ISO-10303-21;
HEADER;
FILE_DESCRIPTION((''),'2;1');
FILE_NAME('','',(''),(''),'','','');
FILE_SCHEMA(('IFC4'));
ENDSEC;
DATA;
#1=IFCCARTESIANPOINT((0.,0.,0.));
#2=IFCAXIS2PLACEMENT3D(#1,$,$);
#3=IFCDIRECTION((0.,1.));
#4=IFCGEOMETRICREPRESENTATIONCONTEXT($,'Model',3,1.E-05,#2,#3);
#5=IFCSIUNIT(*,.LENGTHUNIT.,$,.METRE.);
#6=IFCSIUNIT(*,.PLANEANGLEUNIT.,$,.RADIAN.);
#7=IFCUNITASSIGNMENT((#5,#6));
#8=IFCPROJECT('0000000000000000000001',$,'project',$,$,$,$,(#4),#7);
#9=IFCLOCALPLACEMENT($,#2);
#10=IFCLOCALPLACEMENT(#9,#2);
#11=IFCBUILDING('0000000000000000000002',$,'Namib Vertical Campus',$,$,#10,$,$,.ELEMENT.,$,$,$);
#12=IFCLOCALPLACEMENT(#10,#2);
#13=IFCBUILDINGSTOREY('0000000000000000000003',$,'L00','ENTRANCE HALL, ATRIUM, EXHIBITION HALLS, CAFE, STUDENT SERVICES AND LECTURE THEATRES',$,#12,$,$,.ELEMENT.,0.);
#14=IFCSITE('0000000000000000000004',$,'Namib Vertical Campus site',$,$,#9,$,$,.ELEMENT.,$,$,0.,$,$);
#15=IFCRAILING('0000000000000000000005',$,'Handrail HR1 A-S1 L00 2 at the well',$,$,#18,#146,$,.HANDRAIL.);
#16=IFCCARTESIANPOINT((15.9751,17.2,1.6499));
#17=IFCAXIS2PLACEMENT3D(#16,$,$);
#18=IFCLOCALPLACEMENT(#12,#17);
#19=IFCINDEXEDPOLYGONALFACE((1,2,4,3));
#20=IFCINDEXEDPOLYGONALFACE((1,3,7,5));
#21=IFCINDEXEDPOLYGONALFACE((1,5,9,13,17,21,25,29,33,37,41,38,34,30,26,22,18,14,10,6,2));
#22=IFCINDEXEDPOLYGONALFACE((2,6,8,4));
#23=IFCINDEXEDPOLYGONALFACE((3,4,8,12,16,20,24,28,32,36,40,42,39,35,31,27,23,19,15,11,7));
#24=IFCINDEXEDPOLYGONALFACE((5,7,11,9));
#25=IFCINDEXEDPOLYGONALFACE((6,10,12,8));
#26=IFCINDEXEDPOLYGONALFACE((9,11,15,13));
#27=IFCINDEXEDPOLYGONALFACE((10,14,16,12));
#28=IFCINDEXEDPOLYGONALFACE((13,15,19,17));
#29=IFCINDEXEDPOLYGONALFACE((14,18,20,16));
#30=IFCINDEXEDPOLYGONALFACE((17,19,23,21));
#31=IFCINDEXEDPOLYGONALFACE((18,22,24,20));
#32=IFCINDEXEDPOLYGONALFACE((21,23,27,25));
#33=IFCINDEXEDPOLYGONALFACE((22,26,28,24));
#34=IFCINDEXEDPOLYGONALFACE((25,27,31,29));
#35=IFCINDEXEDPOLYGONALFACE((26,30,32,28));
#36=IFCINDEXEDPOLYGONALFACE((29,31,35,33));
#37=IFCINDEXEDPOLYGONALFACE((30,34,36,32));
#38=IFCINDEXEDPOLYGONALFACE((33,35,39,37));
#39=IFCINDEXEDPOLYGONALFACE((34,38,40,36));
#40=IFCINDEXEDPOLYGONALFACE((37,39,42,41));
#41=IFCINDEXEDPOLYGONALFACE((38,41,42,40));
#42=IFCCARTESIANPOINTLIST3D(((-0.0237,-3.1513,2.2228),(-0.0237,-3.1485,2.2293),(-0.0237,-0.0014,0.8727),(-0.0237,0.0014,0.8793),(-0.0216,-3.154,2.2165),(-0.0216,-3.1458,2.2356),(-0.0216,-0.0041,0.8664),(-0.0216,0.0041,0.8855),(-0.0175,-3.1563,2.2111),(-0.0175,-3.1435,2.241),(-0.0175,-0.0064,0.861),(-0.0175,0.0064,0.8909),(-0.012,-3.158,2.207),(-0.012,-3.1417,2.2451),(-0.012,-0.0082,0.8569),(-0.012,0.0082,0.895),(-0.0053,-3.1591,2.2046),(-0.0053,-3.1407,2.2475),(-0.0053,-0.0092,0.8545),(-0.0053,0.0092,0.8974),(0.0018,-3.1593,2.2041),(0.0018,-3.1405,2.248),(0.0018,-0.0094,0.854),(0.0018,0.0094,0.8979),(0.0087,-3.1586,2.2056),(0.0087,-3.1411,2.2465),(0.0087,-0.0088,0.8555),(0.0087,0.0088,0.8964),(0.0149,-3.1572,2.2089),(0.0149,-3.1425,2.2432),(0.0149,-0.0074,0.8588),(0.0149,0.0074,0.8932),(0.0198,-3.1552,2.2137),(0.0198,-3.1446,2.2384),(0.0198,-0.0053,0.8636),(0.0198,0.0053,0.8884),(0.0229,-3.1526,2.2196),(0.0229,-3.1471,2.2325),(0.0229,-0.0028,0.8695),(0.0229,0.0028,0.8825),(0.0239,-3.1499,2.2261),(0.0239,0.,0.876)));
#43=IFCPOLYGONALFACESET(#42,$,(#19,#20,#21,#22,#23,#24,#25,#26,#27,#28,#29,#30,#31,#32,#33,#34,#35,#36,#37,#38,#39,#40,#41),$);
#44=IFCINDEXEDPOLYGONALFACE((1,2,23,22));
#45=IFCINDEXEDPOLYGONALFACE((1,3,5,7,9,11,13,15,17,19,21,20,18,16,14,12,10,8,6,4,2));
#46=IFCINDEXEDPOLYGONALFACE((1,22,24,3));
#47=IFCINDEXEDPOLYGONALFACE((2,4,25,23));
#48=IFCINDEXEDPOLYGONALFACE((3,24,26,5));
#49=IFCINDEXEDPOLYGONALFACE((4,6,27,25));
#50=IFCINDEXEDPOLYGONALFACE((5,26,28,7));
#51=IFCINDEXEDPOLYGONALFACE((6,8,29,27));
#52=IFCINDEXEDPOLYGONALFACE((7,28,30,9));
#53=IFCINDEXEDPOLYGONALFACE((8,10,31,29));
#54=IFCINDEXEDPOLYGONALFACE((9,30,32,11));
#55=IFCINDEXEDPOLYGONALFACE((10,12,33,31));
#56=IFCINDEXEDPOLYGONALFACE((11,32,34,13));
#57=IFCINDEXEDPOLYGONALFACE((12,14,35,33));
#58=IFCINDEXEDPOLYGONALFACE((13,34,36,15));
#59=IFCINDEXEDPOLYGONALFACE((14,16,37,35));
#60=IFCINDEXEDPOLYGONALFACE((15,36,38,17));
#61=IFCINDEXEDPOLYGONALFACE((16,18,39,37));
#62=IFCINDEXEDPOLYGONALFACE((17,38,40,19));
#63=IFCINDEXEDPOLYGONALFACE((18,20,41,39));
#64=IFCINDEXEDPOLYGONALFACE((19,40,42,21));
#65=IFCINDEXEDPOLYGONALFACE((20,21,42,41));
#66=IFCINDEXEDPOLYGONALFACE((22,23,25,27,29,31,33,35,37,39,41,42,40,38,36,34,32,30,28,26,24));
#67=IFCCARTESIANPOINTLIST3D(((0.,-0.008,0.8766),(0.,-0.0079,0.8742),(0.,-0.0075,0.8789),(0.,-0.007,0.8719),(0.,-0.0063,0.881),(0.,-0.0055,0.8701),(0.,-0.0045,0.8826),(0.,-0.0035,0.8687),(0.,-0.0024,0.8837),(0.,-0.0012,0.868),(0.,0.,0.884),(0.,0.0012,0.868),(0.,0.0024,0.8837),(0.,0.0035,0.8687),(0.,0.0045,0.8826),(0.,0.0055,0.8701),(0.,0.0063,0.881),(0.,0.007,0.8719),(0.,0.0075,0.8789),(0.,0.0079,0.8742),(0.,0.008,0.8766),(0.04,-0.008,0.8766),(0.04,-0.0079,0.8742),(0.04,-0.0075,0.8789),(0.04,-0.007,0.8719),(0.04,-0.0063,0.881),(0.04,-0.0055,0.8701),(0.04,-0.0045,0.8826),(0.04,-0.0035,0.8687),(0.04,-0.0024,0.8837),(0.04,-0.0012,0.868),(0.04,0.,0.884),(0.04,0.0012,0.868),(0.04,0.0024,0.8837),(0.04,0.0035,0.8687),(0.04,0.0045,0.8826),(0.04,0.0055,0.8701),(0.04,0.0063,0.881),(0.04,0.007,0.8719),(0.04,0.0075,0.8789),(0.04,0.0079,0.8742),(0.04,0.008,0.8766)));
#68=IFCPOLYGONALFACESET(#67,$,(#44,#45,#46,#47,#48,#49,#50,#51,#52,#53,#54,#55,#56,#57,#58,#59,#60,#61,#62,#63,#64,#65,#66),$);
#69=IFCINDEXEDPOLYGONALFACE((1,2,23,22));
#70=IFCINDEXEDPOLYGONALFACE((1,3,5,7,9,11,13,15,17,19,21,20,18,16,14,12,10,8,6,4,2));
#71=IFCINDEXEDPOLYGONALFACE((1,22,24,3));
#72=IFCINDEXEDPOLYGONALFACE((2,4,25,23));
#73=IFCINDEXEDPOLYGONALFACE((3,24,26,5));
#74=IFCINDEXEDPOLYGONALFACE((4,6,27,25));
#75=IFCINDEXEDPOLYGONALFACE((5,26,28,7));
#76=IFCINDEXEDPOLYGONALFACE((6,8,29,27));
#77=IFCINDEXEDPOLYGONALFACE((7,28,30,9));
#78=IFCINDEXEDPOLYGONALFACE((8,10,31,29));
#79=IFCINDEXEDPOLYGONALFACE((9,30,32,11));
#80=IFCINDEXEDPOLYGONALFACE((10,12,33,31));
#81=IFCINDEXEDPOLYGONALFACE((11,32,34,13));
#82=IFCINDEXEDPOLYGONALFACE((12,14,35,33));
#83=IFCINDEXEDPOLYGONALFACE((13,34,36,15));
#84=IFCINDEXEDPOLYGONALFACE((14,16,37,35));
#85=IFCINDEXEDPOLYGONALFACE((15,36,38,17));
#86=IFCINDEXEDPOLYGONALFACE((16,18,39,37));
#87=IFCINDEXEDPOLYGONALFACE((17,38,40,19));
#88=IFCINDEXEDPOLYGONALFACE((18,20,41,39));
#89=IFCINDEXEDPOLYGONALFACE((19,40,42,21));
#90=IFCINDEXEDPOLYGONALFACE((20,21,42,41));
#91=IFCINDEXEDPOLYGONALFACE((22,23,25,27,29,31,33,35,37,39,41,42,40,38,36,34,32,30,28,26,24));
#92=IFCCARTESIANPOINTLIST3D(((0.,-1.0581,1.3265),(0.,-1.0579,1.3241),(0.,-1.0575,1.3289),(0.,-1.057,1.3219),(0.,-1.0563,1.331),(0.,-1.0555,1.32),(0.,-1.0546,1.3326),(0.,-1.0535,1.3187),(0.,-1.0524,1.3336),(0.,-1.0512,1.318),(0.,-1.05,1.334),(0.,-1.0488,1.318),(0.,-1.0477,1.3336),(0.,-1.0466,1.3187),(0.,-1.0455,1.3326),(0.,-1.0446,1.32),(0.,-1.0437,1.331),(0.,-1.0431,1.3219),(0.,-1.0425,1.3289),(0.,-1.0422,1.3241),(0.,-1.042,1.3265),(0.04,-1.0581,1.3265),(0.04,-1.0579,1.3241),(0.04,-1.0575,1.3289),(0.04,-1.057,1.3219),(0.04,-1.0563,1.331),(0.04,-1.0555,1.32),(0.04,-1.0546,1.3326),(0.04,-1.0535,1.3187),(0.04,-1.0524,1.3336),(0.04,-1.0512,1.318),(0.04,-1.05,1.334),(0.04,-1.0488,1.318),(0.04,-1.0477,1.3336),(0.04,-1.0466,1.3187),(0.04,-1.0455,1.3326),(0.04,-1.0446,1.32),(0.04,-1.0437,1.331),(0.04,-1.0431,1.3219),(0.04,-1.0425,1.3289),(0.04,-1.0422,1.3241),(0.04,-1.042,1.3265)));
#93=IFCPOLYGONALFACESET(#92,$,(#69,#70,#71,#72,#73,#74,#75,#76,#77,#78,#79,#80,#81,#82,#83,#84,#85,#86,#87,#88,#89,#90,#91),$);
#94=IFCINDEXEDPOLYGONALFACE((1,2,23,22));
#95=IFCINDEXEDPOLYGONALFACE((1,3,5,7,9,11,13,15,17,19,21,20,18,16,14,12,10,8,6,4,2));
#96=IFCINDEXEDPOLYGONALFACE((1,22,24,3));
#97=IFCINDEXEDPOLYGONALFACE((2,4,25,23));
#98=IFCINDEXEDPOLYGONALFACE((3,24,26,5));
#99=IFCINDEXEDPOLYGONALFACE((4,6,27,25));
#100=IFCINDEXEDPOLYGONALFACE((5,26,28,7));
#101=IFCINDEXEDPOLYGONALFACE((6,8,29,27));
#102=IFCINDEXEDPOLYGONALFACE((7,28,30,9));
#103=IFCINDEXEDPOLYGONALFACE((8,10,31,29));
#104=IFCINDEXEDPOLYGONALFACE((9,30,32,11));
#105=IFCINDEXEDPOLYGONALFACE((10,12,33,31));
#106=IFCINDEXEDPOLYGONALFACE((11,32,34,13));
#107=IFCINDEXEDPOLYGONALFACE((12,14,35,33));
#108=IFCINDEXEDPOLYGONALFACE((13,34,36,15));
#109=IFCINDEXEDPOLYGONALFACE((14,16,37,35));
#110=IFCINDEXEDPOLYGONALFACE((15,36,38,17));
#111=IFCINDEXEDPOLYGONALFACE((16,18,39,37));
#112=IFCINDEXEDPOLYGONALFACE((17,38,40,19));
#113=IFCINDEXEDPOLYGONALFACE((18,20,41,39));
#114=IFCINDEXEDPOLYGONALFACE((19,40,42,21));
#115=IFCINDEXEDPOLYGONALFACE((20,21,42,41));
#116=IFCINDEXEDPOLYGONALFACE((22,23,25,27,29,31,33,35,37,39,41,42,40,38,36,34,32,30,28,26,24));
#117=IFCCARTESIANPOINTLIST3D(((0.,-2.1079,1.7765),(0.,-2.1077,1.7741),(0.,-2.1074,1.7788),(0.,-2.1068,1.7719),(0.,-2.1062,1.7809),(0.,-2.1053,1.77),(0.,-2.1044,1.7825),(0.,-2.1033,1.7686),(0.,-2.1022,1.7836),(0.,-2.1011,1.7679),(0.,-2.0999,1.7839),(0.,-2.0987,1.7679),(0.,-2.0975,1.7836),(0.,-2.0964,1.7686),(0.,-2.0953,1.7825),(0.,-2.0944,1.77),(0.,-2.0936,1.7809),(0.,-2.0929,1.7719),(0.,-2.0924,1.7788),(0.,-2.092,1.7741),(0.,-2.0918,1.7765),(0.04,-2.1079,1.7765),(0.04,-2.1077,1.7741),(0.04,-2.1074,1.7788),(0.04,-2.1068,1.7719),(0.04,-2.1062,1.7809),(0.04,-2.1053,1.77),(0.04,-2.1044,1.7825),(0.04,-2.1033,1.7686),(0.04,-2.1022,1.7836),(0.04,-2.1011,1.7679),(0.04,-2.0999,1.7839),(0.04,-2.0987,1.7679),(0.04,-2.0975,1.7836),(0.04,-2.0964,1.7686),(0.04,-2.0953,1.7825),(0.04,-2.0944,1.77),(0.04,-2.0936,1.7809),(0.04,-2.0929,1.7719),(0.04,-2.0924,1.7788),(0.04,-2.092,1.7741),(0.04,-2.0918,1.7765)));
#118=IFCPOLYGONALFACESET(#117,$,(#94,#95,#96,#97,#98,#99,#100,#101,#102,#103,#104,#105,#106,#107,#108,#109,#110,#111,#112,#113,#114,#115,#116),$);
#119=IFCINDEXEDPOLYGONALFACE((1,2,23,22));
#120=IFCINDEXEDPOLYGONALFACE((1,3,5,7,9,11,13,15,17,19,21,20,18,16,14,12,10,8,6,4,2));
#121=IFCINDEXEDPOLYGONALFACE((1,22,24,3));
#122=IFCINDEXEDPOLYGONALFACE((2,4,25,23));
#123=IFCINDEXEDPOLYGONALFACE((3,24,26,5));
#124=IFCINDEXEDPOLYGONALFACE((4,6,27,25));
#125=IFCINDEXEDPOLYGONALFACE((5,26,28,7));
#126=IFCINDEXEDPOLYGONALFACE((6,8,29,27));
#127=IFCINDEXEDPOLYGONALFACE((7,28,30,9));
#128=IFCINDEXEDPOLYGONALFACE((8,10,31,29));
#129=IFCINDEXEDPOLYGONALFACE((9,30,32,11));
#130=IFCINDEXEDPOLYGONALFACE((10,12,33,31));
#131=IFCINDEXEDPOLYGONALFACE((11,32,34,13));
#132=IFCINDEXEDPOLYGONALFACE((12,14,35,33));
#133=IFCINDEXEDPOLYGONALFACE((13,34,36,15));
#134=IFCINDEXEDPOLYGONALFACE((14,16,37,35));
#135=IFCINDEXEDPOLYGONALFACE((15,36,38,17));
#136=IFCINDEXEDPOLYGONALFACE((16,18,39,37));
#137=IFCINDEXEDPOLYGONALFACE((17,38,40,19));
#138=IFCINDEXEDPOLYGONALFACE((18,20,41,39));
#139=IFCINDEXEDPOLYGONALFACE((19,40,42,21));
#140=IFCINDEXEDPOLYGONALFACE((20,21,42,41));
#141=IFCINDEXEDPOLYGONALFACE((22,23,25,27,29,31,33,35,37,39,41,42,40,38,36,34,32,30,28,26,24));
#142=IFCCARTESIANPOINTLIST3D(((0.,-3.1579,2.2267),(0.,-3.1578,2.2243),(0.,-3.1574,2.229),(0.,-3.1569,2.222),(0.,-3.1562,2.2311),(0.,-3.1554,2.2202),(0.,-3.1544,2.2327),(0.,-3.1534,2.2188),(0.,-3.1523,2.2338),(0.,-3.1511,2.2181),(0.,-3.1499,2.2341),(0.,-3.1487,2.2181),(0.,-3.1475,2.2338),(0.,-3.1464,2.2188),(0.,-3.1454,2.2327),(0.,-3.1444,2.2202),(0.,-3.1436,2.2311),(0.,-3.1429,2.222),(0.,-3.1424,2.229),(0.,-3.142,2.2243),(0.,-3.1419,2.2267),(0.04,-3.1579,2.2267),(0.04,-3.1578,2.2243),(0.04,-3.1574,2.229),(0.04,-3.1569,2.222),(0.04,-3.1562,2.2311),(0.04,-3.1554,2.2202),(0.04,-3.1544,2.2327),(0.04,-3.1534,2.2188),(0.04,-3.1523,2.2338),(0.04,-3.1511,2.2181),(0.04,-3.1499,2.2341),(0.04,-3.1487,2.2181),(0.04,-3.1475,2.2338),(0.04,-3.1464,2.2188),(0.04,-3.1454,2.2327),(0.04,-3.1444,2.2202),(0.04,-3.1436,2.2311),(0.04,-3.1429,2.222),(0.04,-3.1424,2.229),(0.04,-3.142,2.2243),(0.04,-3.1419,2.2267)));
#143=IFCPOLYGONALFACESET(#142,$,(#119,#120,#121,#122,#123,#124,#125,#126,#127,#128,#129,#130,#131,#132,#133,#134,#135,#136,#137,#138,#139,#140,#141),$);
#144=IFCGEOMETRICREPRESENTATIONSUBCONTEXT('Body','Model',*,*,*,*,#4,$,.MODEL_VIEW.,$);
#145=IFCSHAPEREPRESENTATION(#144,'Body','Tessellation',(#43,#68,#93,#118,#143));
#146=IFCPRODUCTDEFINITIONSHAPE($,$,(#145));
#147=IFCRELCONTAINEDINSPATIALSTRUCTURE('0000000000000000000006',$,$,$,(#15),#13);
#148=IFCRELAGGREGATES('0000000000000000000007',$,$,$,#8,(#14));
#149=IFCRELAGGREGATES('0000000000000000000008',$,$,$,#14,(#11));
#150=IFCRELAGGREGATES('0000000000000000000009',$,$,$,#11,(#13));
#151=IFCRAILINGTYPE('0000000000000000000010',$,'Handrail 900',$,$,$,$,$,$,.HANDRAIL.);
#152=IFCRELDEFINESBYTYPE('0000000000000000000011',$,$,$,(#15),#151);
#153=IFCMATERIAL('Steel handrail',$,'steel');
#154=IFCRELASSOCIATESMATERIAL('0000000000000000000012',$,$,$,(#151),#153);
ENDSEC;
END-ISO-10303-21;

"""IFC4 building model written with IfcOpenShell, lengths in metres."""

from ifc_helpers import new_model, si_unit, direction, frame, origin, origin_2d, place, context, subcontext, project, spatial, circle, extrude, material, type_object, element, save


model = new_model("IFC4")

# Units and contexts
model_context = context("Model", 3, precision=1e-05, world=origin(), true_north=direction((0.0, 1.0)))
body_context = subcontext(model_context, "Body", "Model", "MODEL_VIEW")
ifc_project = project(units=[si_unit("LENGTHUNIT", "METRE"), si_unit("PLANEANGLEUNIT", "RADIAN")], contexts=[model_context])

# Site, building, storey
site_placement = place(None, origin())
site = spatial("IfcSite", under=ifc_project, at=site_placement, Name="Namib Vertical Campus site", CompositionType="ELEMENT", RefElevation=0.0)
building_placement = place(site_placement, origin())
building = spatial("IfcBuilding", under=site, at=building_placement, Name="Namib Vertical Campus", CompositionType="ELEMENT")
storey_placement = place(building_placement, origin())
storey = spatial("IfcBuildingStorey", under=building, at=storey_placement, Name="L00", Description="ENTRANCE HALL, ATRIUM, EXHIBITION HALLS, CAFE, STUDENT SERVICES AND LECTURE THEATRES", CompositionType="ELEMENT", Elevation=0.0)

# Railing
ifc_material_1 = material(Name="Steel handrail", Category="steel")
railing_type = type_object("IfcRailingType", Name="Handrail 900", PredefinedType="HANDRAIL", material=ifc_material_1)
for number, where, name in (
    (1, (15.9751, 17.2, 1.6499), "Handrail HR1 A-S1 L00 2 at the well"),
):
    element("IfcRailing", number, at=place(storey_placement, frame(where)), inside=storey, type_object=railing_type, Name=name, PredefinedType="HANDRAIL", context=body_context, shape_type="SweptSolid", body=[
        extrude(circle(Radius=0.0239, at=origin_2d()), frame((0.0, 0.0, 0.876), z_axis=(0.0, -0.91913, 0.393954), x_axis=(1.0, 0.0, 0.0)), (0.0, 0.0, 1.0), 3.427),
        extrude(circle(Radius=0.0081, at=origin_2d()), frame((0.0, 0.0, 0.876), z_axis=(1.0, 0.0, 0.0), x_axis=(0.0, 0.0, 1.0)), (0.0, 0.0, 1.0), 0.04),
        extrude(circle(Radius=0.0081, at=origin_2d()), frame((0.0, -1.05, 1.3259), z_axis=(1.0, 0.0, 0.0), x_axis=(0.0, 0.0, 1.0)), (0.0, 0.0, 1.0), 0.04),
        extrude(circle(Radius=0.0081, at=origin_2d()), frame((0.0, -2.0999, 1.7759), z_axis=(1.0, 0.0, 0.0), x_axis=(0.0, 0.0, 1.0)), (0.0, 0.0, 1.0), 0.04),
        extrude(circle(Radius=0.0081, at=origin_2d()), frame((0.0, -3.1499, 2.2261), z_axis=(1.0, 0.0, 0.0), x_axis=(0.0, 0.0, 1.0)), (0.0, 0.0, 1.0), 0.04),
    ])

save(model, "model.ifc")
